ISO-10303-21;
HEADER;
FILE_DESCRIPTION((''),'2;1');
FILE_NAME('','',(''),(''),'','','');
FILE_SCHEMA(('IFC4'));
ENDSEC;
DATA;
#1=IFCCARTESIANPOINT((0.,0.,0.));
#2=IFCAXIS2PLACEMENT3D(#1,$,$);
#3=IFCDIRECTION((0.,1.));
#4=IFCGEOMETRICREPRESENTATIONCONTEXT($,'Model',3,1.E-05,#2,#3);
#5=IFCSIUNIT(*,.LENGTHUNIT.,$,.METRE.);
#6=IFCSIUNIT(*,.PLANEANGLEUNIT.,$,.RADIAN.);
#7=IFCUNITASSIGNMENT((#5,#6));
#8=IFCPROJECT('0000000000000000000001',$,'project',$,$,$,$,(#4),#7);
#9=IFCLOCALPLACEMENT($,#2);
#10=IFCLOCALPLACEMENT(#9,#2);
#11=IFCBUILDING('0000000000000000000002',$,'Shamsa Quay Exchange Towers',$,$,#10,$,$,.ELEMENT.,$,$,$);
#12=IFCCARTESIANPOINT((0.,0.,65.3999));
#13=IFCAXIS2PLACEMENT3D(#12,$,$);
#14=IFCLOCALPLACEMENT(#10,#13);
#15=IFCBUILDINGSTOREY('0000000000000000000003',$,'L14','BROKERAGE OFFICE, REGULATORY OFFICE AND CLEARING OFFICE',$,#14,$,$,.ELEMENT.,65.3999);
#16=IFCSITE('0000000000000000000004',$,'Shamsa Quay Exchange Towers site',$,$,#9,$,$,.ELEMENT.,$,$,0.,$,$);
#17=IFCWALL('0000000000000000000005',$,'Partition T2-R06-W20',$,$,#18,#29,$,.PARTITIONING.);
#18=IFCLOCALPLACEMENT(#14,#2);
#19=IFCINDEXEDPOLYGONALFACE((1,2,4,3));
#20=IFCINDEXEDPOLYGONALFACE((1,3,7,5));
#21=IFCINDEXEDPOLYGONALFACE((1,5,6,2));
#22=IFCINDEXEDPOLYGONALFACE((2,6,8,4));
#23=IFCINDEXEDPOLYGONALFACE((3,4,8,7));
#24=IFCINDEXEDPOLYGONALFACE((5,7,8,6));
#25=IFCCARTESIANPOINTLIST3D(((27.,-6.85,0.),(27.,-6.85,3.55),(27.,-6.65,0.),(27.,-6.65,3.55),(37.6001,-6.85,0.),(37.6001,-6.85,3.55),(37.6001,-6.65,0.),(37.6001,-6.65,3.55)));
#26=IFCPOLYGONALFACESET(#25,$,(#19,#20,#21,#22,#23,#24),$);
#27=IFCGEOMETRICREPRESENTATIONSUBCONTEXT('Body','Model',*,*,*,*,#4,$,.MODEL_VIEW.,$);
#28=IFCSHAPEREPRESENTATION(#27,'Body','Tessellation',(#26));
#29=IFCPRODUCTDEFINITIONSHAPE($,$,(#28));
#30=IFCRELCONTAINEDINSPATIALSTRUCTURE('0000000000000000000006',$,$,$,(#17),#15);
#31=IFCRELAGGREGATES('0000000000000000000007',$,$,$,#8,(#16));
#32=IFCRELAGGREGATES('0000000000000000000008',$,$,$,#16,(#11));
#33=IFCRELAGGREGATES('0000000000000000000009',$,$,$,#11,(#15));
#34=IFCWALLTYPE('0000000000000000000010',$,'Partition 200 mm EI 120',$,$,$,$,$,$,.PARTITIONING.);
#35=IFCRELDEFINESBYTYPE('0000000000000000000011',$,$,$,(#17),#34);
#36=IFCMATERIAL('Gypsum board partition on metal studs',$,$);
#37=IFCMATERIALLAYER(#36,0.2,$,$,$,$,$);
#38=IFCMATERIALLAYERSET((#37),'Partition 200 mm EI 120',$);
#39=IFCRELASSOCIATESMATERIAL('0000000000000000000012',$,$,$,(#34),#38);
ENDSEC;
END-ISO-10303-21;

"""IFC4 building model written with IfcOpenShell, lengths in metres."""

from ifc_helpers import new_model, si_unit, direction, frame, frame_2d, origin, place, context, subcontext, project, spatial, rectangle, extrude, material, layer, layer_set, type_object, element, save


model = new_model("IFC4")

# Units and contexts
model_context = context("Model", 3, precision=1e-05, world=origin(), true_north=direction((0.0, 1.0)))
body_context = subcontext(model_context, "Body", "Model", "MODEL_VIEW")
ifc_project = project(units=[si_unit("LENGTHUNIT", "METRE"), si_unit("PLANEANGLEUNIT", "RADIAN")], contexts=[model_context])

# Site, building, storey
site_placement = place(None, origin())
site = spatial("IfcSite", under=ifc_project, at=site_placement, Name="Shamsa Quay Exchange Towers site", CompositionType="ELEMENT", RefElevation=0.0)
building_placement = place(site_placement, origin())
building = spatial("IfcBuilding", under=site, at=building_placement, Name="Shamsa Quay Exchange Towers", CompositionType="ELEMENT")
storey_placement = place(building_placement, frame((0.0, 0.0, 65.3999)))
storey = spatial("IfcBuildingStorey", under=building, at=storey_placement, Name="L14", Description="BROKERAGE OFFICE, REGULATORY OFFICE AND CLEARING OFFICE", CompositionType="ELEMENT", Elevation=65.3999)

# Shared definitions
ifc_material_1 = material(Name="Gypsum board partition on metal studs")
ifc_layer_1 = layer(ifc_material_1, 0.2)
ifc_layer_set_1 = layer_set([ifc_layer_1], Name="Partition 200 mm EI 120")
wall_type_1 = type_object("IfcWallType", Name="Partition 200 mm EI 120", PredefinedType="PARTITIONING", material=ifc_layer_set_1)

# Wall
wall_1_placement = place(storey_placement, frame((37.6001, -6.75, 0.0), z_axis=(0.0, 0.0, 1.0), x_axis=(-1.0, 0.0, 0.0)))
element("IfcWall", 1, at=wall_1_placement, inside=storey, type_object=wall_type_1, Name="Partition T2-R06-W20", PredefinedType="PARTITIONING", context=body_context, shape_type="SweptSolid", body=[
    extrude(rectangle(XDim=10.6001, YDim=0.2, at=frame_2d((5.3, 0.0))), origin(), (0.0, 0.0, 1.0), 3.55),
])

save(model, "model.ifc")
